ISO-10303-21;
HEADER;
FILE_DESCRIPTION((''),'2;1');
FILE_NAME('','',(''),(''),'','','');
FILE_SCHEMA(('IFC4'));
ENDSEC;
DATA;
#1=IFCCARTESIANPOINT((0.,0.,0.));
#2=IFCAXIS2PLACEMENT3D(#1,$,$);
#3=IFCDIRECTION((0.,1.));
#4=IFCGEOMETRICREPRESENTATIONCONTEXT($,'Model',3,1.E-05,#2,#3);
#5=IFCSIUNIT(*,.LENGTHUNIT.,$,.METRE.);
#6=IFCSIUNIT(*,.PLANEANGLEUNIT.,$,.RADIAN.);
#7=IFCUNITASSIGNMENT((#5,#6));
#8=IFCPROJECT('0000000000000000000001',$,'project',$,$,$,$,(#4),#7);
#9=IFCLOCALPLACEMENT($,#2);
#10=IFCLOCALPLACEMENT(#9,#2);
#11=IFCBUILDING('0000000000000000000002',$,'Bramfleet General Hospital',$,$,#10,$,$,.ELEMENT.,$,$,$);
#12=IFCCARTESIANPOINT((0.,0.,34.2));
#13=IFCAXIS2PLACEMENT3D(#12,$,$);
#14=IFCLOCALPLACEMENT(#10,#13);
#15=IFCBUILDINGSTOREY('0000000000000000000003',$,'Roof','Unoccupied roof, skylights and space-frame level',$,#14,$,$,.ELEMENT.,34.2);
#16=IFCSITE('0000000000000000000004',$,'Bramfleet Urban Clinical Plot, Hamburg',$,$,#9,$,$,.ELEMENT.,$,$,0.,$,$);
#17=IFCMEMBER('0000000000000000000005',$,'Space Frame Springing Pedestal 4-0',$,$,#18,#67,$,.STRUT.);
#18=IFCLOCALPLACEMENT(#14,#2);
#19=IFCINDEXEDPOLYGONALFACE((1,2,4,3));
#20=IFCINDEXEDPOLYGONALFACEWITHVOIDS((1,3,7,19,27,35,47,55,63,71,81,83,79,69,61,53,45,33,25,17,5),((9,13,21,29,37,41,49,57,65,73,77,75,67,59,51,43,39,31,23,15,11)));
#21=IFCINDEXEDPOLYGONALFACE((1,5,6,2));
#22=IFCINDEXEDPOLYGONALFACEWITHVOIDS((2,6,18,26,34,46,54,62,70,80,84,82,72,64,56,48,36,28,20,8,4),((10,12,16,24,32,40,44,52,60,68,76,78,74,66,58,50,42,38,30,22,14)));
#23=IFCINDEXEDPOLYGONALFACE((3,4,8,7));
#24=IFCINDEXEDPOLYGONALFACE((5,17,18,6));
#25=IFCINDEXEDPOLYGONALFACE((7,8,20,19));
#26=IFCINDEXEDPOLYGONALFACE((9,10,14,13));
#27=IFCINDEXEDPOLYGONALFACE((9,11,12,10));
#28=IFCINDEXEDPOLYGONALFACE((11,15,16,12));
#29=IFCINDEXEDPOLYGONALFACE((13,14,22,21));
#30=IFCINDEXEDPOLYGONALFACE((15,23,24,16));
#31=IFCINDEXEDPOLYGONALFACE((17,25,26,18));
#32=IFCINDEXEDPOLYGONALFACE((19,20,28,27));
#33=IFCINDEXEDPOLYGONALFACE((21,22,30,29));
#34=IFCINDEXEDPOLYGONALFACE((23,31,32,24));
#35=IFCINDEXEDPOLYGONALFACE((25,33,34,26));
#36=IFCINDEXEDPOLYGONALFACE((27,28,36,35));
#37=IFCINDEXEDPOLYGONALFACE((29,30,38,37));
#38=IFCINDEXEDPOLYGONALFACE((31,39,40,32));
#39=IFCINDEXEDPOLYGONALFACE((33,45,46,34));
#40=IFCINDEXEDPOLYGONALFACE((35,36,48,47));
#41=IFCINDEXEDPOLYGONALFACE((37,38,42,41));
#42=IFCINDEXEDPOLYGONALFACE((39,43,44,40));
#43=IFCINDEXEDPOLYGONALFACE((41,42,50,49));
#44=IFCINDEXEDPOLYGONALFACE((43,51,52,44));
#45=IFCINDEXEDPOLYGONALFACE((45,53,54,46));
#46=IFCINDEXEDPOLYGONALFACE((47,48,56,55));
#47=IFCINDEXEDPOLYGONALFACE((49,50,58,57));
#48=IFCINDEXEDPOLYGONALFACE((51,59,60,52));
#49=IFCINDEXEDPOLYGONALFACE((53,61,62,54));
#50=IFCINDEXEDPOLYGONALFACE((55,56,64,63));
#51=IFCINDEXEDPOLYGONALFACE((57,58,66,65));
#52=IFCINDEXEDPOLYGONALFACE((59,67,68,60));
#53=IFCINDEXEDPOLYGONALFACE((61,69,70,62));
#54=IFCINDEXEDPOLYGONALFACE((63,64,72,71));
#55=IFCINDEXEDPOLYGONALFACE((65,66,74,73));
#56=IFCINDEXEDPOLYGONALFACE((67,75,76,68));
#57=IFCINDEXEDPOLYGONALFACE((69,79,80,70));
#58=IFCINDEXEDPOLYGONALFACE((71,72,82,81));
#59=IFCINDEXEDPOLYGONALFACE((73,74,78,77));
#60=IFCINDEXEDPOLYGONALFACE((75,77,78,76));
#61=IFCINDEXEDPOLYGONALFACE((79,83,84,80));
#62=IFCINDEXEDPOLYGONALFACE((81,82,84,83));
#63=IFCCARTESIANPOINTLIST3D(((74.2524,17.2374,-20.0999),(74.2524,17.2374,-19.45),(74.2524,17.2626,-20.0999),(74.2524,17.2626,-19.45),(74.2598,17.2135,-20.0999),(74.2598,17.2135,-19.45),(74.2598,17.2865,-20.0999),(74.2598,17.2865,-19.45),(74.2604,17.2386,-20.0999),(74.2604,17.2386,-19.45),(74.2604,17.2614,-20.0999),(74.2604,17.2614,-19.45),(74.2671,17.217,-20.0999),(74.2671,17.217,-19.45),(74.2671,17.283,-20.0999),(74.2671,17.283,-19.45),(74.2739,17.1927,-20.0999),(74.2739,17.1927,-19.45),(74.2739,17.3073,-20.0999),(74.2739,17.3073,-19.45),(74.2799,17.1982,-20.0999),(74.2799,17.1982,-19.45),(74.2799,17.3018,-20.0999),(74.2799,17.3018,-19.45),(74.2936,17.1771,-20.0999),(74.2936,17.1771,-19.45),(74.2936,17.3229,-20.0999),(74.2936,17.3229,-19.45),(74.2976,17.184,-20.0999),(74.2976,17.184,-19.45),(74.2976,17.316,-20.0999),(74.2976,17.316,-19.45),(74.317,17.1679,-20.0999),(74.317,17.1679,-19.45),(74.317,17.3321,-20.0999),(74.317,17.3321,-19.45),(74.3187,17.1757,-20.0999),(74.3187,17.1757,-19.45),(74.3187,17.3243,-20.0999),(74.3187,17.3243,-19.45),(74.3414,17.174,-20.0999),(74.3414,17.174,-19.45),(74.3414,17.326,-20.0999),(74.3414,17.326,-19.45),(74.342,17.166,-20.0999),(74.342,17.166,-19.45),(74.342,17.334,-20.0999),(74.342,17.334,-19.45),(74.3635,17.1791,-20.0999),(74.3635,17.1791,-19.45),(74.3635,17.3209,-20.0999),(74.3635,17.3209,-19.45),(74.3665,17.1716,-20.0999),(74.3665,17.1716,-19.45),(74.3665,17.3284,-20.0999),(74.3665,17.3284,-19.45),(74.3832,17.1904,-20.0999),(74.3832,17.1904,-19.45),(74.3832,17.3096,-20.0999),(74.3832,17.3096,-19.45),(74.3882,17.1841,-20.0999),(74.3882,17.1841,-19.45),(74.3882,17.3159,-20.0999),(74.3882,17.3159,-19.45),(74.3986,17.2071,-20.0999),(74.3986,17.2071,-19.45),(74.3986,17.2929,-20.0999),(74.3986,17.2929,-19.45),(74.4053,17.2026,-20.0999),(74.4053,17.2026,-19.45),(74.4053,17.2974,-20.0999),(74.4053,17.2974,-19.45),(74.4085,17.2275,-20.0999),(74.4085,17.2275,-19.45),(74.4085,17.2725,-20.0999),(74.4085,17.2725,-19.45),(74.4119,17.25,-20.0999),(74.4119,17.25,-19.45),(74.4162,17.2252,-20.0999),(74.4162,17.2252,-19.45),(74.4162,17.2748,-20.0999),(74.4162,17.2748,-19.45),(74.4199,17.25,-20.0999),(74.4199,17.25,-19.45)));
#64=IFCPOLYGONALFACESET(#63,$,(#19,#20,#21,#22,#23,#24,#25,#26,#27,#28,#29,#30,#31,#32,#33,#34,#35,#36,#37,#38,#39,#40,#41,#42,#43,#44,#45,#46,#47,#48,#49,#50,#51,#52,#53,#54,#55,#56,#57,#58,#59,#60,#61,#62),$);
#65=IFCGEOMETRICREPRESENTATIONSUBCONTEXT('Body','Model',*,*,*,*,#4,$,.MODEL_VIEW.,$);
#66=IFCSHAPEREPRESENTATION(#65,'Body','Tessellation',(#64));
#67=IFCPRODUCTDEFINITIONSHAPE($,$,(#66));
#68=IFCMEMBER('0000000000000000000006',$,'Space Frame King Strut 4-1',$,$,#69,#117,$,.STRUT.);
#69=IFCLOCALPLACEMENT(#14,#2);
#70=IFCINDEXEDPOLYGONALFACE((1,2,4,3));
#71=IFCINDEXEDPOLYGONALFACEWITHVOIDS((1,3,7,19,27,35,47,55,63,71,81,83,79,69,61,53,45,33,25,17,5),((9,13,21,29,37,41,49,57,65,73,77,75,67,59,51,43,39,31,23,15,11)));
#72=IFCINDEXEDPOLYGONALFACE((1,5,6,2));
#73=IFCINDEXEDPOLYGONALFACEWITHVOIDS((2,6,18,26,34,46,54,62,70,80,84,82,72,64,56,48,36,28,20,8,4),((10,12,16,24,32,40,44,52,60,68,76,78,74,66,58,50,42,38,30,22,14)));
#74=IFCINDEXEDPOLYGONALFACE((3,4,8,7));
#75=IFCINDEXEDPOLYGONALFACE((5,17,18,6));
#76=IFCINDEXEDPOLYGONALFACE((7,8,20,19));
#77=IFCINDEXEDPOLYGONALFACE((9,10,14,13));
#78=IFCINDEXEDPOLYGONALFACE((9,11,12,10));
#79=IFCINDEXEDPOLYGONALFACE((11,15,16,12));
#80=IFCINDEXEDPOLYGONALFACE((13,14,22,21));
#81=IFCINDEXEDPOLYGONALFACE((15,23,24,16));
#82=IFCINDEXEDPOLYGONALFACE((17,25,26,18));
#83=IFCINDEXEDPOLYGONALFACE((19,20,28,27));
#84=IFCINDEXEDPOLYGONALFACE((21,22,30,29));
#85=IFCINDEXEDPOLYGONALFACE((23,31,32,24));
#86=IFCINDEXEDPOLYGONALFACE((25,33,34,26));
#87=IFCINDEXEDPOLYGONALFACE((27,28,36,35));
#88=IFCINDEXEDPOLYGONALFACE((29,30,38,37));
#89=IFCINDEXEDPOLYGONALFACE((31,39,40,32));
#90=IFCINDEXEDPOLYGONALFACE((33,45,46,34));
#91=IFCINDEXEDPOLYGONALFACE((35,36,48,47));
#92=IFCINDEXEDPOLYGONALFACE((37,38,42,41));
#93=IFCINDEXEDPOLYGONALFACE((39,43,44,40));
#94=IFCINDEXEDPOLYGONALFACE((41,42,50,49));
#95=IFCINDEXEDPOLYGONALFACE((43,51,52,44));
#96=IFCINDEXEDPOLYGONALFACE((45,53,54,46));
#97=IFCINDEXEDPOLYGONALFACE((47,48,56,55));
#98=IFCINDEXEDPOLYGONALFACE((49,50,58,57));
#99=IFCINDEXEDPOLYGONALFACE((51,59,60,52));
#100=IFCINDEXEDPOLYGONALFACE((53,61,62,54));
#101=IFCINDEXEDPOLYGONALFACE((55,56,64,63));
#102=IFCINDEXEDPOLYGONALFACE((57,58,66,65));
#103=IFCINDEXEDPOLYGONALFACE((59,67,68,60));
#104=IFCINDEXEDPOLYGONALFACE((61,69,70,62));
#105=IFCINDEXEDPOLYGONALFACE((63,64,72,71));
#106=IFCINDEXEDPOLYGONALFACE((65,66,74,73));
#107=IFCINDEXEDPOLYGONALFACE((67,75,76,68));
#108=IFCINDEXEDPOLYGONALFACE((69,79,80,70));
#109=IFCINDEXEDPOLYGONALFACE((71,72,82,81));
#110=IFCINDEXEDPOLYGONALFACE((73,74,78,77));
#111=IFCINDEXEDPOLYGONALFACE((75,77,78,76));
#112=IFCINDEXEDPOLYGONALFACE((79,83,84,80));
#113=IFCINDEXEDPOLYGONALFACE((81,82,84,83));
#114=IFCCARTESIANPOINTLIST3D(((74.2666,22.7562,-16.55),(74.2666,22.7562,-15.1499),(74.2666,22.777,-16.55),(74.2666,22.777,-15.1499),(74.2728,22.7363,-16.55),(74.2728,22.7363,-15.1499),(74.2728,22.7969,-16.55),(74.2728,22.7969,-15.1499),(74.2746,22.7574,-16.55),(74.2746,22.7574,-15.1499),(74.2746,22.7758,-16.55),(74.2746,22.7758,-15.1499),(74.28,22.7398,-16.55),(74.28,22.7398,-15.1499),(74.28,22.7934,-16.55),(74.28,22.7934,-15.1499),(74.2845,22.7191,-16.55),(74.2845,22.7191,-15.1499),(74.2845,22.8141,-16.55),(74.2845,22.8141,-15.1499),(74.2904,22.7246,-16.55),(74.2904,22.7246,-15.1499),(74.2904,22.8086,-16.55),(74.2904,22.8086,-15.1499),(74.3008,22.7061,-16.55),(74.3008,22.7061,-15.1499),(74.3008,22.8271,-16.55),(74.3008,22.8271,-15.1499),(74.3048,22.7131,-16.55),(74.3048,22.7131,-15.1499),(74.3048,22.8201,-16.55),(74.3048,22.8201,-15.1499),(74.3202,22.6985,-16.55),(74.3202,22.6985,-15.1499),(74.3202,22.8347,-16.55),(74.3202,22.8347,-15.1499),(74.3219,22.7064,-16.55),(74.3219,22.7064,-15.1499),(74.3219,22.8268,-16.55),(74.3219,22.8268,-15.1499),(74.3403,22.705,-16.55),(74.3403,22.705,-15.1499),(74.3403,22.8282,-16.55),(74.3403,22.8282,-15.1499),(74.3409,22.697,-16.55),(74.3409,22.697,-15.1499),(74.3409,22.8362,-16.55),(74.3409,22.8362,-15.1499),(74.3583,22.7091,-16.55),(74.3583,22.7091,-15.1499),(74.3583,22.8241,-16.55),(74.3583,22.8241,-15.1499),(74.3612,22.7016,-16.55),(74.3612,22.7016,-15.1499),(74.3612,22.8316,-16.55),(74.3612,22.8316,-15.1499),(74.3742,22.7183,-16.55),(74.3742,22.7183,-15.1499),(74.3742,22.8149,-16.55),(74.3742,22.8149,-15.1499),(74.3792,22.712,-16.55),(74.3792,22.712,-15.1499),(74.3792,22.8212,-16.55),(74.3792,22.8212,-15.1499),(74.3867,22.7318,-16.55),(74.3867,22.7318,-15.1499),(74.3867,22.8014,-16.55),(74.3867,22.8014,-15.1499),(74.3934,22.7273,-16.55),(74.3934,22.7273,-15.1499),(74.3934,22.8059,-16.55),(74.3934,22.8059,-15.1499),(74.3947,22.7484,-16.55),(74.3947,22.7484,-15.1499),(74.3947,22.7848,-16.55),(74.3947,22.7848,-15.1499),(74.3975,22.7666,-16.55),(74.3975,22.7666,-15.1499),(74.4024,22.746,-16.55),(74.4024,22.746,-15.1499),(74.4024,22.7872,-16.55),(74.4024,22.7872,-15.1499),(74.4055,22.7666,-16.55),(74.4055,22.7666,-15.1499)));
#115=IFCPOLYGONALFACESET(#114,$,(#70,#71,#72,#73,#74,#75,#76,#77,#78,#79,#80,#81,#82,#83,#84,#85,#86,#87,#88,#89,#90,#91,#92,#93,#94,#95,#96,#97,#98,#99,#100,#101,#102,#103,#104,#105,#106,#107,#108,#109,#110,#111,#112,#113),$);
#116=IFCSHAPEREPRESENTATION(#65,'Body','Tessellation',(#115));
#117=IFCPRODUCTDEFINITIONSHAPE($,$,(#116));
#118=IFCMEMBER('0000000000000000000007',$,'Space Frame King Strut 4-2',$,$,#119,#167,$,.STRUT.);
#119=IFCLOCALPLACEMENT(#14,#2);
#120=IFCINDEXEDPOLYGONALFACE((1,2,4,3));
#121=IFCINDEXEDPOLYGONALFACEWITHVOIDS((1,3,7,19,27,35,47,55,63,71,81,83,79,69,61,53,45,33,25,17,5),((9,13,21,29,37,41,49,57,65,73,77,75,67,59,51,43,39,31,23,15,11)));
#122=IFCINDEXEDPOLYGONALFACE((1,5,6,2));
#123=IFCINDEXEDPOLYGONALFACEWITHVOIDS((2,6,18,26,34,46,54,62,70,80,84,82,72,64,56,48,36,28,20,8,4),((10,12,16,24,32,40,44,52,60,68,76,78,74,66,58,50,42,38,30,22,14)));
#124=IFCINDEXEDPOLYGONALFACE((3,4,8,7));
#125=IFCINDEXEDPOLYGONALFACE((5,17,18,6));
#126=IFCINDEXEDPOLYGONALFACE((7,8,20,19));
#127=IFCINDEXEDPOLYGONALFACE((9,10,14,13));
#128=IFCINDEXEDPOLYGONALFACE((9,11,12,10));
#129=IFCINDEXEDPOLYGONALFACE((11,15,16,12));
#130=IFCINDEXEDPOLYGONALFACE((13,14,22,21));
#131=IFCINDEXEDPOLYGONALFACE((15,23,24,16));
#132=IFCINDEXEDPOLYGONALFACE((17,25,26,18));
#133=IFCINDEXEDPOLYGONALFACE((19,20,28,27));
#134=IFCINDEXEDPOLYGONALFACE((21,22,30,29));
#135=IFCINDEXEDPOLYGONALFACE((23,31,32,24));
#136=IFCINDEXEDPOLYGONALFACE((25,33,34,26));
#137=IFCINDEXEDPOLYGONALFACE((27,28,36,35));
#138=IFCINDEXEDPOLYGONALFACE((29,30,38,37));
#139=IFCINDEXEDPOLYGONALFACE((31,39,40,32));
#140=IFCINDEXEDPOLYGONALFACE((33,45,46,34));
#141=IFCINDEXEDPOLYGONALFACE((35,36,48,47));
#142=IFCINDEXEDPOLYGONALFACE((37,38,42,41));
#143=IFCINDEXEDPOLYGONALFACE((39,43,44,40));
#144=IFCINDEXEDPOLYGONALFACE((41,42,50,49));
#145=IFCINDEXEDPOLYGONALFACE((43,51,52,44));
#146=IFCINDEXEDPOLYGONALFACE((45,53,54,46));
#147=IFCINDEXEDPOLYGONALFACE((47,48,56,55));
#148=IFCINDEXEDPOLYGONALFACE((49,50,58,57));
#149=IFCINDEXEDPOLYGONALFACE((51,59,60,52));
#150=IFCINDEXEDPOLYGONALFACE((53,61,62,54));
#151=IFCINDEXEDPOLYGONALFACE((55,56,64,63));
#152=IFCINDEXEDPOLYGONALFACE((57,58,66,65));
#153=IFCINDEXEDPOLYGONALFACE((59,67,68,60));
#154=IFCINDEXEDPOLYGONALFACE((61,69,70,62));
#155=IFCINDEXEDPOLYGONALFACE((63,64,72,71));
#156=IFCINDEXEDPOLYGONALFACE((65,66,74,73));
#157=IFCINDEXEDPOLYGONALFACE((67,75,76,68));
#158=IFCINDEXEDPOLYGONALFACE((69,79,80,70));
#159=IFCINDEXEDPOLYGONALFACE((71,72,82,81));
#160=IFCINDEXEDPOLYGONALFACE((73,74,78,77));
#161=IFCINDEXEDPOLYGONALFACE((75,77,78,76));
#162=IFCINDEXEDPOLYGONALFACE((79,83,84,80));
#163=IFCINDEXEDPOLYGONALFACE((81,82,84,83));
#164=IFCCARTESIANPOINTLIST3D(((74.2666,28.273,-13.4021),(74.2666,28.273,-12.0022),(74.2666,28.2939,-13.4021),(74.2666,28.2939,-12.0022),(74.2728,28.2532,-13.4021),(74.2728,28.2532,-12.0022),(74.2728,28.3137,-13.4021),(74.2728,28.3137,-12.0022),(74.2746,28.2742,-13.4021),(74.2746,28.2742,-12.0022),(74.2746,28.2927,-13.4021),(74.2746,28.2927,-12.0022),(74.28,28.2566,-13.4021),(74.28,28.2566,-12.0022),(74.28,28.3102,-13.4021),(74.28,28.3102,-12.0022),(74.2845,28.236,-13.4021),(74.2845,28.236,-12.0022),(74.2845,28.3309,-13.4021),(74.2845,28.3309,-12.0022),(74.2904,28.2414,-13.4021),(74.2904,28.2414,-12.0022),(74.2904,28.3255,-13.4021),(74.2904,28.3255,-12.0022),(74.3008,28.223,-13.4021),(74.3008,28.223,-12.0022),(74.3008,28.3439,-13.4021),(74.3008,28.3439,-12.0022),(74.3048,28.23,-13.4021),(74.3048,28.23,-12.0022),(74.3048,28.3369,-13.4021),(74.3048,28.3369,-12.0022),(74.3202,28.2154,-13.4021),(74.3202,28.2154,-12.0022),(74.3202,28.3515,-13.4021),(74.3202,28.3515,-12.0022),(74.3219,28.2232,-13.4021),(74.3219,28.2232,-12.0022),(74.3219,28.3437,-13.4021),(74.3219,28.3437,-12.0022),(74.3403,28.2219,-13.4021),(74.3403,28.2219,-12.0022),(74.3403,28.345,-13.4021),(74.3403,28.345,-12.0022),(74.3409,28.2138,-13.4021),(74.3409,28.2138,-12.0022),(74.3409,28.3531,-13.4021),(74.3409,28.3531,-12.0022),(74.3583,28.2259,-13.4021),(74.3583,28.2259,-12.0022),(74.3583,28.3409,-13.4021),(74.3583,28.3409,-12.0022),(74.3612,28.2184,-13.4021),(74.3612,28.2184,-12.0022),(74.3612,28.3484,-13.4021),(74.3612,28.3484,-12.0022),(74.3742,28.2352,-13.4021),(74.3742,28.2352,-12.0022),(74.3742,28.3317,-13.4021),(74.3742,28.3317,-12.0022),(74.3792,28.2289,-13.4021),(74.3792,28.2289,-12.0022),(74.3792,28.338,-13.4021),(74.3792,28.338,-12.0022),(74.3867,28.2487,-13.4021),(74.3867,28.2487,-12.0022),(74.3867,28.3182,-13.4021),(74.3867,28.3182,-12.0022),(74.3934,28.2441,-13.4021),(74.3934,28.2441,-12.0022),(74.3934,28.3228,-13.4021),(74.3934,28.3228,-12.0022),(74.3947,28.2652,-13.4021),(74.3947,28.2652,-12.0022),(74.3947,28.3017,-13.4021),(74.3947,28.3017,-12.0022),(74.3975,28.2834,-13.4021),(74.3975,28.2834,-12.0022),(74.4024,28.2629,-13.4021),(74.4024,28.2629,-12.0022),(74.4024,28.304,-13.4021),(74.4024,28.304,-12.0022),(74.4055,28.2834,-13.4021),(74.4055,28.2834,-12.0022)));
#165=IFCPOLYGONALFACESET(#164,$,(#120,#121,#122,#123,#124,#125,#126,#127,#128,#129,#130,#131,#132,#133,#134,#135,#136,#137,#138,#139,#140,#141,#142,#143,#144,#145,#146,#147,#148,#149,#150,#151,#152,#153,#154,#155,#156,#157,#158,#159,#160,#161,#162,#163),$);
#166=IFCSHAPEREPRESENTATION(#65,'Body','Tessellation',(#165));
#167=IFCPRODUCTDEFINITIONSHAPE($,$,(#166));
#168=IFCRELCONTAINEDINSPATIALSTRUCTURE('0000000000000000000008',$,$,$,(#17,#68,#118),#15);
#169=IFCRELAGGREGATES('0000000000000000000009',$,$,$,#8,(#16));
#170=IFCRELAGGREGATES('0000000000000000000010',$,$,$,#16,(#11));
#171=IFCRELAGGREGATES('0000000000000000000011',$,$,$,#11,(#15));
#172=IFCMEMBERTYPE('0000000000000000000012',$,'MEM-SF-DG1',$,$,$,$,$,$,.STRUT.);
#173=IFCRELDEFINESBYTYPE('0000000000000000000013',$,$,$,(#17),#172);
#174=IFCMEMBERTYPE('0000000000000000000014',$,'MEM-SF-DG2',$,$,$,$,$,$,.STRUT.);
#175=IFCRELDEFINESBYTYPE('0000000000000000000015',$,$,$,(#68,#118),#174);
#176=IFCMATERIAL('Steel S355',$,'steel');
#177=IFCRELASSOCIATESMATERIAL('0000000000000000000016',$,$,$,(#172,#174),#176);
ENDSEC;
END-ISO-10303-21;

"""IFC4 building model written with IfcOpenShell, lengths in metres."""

from ifc_helpers import new_model, si_unit, direction, frame, origin, origin_2d, place, context, subcontext, project, spatial, hollow_circle, extrude, material, material_profile, profile_set, type_object, element, save


model = new_model("IFC4")

# Units and contexts
model_context = context("Model", 3, precision=1e-05, world=origin(), true_north=direction((0.0, 1.0)))
body_context = subcontext(model_context, "Body", "Model", "MODEL_VIEW")
ifc_project = project(units=[si_unit("LENGTHUNIT", "METRE"), si_unit("PLANEANGLEUNIT", "RADIAN")], contexts=[model_context])

# Site, building, storey
site_placement = place(None, origin())
site = spatial("IfcSite", under=ifc_project, at=site_placement, Name="Bramfleet Urban Clinical Plot, Hamburg", CompositionType="ELEMENT", RefElevation=0.0)
building_placement = place(site_placement, origin())
building = spatial("IfcBuilding", under=site, at=building_placement, Name="Bramfleet General Hospital", CompositionType="ELEMENT")
storey_placement = place(building_placement, frame((0.0, 0.0, 34.2)))
storey = spatial("IfcBuildingStorey", under=building, at=storey_placement, Name="Roof", Description="Unoccupied roof, skylights and space-frame level", CompositionType="ELEMENT", Elevation=34.2)

# Members
ifc_material = material(Name="Steel S355", Category="steel")
ifc_material_profile_1 = material_profile(ifc_material, hollow_circle(Radius=0.0842, WallThickness=0.0081, at=origin_2d()), Name="CHS 168.3x8.0")
ifc_profile_set_1 = profile_set([ifc_material_profile_1], Name="Steel S355")
member_type_1 = type_object("IfcMemberType", Name="MEM-SF-DG1", PredefinedType="STRUT", material=ifc_profile_set_1)
member_1_placement = place(storey_placement, frame((74.3357, 17.25, -20.0999), z_axis=(0.0, 0.0, 1.0), x_axis=(1.0, 0.0, 0.0)))
element("IfcMember", 1, at=member_1_placement, inside=storey, type_object=member_type_1, Name="Space Frame Springing Pedestal 4-0", PredefinedType="STRUT", context=body_context, shape_type="SweptSolid", body=[
    extrude(hollow_circle(Radius=0.0842, WallThickness=0.0081, at=origin_2d()), origin(), (0.0, 0.0, 1.0), 0.6499),
])
ifc_material_profile_2 = material_profile(ifc_material, hollow_circle(Radius=0.0698, WallThickness=0.0081, at=origin_2d()), Name="CHS 139.7x8.0")
ifc_profile_set_2 = profile_set([ifc_material_profile_2], Name="Steel S355")
member_type_2 = type_object("IfcMemberType", Name="MEM-SF-DG2", PredefinedType="STRUT", material=ifc_profile_set_2)
member_2_placement = place(storey_placement, frame((74.3357, 22.7666, -16.55), z_axis=(0.0, 0.0, 1.0), x_axis=(1.0, 0.0, 0.0)))
element("IfcMember", 2, at=member_2_placement, inside=storey, type_object=member_type_2, Name="Space Frame King Strut 4-1", PredefinedType="STRUT", context=body_context, shape_type="SweptSolid", body=[
    extrude(hollow_circle(Radius=0.0698, WallThickness=0.0081, at=origin_2d()), origin(), (0.0, 0.0, 1.0), 1.4001),
])
member_3_placement = place(storey_placement, frame((74.3357, 28.2834, -13.4021), z_axis=(0.0, 0.0, 1.0), x_axis=(1.0, 0.0, 0.0)))
element("IfcMember", 3, at=member_3_placement, inside=storey, type_object=member_type_2, Name="Space Frame King Strut 4-2", PredefinedType="STRUT", context=body_context, shape_type="SweptSolid", body=[
    extrude(hollow_circle(Radius=0.0698, WallThickness=0.0081, at=origin_2d()), origin(), (0.0, 0.0, 1.0), 1.3999),
])

save(model, "model.ifc")
